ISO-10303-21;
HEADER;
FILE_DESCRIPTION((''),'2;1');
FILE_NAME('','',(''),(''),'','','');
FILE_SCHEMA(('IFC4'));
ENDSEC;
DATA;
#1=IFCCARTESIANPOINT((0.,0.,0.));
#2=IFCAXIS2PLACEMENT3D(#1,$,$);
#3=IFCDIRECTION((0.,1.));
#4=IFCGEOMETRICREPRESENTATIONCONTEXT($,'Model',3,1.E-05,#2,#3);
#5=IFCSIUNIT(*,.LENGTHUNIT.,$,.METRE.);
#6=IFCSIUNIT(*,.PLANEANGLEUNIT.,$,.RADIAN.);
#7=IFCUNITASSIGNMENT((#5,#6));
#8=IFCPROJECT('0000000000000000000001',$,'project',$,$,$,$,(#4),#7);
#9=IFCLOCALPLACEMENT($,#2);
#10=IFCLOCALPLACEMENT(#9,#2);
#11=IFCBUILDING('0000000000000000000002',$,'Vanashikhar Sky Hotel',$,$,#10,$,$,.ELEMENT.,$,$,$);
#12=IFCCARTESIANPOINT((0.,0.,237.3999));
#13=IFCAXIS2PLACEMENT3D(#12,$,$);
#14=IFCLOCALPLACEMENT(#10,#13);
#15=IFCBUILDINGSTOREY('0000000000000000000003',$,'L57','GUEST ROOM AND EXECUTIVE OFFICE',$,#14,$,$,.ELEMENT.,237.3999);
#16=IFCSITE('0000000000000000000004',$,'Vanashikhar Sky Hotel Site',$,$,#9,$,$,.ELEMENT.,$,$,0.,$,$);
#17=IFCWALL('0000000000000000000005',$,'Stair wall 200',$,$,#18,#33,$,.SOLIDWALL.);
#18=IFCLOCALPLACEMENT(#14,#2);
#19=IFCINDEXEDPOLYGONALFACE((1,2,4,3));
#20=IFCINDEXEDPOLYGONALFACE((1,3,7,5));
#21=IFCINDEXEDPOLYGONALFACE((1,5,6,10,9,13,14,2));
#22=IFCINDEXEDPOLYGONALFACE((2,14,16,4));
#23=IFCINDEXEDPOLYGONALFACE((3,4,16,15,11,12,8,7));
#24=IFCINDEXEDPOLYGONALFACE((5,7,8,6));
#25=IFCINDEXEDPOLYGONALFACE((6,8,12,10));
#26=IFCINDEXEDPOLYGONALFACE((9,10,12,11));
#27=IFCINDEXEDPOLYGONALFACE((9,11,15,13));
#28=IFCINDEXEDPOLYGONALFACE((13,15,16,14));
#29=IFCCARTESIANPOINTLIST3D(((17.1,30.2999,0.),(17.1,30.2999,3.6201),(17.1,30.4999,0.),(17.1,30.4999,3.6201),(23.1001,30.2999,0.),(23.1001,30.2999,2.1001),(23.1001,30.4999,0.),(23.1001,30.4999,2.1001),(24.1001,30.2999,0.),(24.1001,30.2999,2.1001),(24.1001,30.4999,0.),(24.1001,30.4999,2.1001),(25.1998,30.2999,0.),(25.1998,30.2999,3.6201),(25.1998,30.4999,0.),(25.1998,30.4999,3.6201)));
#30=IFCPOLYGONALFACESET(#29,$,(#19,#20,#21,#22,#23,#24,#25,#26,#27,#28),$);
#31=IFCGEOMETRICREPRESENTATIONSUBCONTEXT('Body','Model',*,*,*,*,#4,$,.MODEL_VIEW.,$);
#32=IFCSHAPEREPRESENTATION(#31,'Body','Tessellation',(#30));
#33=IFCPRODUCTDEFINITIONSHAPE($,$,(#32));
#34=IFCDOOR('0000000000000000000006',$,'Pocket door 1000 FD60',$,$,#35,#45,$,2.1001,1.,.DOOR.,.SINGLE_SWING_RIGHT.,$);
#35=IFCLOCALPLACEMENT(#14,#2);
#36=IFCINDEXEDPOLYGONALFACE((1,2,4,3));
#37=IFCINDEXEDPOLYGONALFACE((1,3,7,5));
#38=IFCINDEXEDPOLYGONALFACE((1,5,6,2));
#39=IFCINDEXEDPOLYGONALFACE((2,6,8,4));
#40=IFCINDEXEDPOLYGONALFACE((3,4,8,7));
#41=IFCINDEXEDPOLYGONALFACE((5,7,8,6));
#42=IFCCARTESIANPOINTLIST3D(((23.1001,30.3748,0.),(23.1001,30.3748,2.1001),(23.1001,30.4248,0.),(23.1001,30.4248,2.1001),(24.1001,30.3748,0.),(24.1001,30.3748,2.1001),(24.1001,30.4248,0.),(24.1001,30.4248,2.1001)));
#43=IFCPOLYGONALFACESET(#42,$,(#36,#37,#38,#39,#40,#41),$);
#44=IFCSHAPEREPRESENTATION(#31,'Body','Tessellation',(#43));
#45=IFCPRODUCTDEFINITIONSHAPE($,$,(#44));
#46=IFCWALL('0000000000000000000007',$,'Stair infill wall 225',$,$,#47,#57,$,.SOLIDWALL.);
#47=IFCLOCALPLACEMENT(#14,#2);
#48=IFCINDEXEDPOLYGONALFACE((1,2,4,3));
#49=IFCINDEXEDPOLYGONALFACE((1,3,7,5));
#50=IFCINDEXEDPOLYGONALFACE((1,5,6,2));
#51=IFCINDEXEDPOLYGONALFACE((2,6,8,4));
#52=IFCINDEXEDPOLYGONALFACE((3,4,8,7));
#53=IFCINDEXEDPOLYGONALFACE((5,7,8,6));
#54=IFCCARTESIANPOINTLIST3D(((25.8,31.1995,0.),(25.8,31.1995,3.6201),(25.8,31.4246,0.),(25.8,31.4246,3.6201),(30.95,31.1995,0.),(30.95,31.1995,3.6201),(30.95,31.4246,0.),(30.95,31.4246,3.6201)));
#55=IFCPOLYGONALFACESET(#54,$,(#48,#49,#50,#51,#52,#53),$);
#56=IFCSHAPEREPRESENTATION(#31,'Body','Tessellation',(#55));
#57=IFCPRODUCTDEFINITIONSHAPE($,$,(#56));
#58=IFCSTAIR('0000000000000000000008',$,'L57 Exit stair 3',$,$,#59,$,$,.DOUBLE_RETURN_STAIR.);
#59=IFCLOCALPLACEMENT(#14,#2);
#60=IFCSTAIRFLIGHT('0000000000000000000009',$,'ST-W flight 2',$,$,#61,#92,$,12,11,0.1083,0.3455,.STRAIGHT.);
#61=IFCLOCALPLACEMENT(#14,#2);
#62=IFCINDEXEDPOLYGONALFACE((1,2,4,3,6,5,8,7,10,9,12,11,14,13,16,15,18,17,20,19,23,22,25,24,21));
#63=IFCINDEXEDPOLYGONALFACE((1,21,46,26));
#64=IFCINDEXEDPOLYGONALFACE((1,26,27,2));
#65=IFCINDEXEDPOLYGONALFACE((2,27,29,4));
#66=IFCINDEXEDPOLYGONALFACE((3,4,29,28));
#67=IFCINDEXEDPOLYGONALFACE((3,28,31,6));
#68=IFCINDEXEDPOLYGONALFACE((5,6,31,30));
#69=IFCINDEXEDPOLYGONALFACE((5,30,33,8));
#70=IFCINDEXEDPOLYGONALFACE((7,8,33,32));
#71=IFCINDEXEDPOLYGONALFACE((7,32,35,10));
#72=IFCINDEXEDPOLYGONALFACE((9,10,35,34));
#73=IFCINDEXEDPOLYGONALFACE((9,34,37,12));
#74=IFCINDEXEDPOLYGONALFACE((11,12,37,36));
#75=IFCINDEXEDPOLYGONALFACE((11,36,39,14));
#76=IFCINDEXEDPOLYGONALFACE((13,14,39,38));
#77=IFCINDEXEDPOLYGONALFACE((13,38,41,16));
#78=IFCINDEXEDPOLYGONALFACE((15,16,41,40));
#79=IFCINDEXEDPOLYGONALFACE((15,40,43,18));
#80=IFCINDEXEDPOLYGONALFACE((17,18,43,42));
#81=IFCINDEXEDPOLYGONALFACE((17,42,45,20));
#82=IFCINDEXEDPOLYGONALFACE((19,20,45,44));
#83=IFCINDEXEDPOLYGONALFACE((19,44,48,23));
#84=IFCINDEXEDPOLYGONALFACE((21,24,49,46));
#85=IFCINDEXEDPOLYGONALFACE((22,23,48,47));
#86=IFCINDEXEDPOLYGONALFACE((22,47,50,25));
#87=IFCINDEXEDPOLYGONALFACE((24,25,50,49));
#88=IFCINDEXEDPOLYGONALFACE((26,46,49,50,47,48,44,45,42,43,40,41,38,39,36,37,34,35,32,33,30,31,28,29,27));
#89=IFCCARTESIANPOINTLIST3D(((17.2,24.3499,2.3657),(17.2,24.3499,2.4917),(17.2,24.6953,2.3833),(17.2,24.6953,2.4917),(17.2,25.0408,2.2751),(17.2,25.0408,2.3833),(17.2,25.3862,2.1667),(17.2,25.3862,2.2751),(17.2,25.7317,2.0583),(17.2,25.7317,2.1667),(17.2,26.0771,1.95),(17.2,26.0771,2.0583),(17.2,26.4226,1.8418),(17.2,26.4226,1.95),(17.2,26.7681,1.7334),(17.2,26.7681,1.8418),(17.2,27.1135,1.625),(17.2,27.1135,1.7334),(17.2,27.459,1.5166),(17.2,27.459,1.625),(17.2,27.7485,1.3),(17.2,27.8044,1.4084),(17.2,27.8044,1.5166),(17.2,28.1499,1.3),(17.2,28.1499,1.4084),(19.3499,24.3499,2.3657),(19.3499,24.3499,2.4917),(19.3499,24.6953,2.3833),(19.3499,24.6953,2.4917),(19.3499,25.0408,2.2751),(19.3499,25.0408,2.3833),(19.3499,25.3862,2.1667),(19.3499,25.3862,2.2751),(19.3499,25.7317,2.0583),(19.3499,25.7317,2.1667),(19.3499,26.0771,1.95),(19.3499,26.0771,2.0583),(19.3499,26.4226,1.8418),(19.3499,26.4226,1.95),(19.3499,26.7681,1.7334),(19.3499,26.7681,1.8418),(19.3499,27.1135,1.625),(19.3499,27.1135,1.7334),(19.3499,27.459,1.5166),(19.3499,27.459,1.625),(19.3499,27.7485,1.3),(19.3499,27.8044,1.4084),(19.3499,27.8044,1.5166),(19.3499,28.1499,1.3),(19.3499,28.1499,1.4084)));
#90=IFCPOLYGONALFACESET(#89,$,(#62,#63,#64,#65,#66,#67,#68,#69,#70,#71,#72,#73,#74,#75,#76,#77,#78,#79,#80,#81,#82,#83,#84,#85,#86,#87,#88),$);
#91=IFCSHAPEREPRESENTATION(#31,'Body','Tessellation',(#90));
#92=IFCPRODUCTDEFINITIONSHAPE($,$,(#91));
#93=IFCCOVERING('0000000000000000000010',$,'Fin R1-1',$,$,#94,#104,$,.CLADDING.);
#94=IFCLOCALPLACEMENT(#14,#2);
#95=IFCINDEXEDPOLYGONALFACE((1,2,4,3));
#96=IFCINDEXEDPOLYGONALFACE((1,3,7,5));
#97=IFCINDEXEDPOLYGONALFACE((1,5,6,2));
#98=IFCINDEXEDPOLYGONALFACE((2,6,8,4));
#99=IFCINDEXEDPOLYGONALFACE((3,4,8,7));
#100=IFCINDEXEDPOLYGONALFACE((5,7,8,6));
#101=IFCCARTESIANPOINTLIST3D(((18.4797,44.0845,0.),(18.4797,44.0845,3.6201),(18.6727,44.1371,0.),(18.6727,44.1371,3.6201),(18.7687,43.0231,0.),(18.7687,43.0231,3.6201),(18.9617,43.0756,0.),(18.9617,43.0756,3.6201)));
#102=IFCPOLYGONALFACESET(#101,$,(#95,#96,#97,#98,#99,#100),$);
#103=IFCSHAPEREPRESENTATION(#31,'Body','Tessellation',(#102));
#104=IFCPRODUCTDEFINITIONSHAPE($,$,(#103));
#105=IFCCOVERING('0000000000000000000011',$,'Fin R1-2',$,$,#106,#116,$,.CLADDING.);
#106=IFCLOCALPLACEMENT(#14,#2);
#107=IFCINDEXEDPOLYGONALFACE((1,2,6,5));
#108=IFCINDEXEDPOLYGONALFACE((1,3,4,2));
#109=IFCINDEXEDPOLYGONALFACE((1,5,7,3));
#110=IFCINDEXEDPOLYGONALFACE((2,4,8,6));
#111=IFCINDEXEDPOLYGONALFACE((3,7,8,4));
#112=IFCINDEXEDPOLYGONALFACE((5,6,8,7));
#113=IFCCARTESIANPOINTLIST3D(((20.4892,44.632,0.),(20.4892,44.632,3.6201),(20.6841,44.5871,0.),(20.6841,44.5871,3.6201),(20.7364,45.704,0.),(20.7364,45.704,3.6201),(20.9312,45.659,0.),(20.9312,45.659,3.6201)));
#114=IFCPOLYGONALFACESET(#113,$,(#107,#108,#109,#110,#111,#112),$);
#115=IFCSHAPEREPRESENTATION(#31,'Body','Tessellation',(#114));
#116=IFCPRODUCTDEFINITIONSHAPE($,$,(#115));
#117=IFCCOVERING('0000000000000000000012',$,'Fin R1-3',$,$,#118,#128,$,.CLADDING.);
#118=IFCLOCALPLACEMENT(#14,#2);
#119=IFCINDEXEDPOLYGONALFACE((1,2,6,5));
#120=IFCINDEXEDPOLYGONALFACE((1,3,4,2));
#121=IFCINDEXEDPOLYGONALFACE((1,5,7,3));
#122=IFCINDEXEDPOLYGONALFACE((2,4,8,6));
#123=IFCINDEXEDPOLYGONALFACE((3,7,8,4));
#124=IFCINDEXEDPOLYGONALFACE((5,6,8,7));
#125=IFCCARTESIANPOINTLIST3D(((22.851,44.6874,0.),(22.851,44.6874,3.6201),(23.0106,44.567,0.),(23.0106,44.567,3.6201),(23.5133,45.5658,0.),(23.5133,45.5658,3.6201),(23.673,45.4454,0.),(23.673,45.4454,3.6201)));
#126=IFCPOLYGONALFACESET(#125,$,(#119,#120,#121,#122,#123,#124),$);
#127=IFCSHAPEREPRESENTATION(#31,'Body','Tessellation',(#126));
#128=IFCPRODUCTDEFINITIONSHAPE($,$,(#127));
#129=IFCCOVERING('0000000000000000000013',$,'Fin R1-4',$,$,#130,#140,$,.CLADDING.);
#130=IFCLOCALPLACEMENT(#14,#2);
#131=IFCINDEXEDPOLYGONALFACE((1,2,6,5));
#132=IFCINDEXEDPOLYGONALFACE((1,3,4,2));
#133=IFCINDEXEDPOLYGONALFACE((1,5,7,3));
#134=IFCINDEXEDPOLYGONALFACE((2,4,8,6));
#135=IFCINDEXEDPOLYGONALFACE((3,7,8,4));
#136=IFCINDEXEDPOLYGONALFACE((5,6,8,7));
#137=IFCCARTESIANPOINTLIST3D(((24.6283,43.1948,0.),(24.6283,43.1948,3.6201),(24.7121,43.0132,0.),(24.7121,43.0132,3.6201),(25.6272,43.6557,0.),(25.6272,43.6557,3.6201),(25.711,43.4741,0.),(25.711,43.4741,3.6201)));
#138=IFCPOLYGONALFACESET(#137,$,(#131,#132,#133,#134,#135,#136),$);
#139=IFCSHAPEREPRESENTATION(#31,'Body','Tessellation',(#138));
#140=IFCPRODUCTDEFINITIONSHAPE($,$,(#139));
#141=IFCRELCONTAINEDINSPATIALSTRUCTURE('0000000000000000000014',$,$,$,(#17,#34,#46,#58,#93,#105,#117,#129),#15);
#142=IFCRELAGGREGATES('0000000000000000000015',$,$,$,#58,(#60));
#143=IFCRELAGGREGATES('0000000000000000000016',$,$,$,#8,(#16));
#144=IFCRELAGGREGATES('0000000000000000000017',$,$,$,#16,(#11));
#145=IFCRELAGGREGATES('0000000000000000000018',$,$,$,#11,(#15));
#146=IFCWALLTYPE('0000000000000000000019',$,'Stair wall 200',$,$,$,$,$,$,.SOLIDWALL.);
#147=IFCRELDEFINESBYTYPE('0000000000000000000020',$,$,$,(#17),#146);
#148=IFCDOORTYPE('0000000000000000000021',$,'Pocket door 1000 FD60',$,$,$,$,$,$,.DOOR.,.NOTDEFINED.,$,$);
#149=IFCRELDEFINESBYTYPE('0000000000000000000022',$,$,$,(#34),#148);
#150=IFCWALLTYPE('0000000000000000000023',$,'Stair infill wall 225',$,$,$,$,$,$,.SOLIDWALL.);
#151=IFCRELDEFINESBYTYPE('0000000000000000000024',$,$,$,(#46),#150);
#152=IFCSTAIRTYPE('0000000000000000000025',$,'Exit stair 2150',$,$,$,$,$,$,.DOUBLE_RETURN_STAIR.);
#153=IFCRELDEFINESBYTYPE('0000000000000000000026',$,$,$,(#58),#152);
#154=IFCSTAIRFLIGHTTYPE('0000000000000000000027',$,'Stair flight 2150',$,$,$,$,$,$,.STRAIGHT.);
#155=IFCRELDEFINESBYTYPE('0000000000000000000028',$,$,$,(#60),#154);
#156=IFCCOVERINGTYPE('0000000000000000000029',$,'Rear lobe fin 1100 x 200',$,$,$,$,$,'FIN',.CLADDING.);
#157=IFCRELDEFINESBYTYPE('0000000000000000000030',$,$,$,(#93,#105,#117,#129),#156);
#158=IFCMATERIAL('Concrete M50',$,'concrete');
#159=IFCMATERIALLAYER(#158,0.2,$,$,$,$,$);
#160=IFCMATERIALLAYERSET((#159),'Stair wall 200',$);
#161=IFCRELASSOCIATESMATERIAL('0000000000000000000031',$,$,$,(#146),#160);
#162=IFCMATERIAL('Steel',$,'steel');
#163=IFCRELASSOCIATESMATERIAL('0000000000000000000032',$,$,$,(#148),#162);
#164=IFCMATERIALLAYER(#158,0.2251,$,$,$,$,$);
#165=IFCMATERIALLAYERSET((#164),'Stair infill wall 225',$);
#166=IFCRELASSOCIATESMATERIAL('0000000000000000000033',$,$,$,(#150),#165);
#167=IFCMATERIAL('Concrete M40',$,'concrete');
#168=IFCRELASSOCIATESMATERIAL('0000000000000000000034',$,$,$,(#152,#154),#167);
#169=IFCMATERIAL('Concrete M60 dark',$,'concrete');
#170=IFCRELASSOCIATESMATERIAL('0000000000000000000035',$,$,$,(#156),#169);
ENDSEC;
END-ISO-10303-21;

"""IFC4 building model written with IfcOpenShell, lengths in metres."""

from ifc_helpers import new_model, si_unit, direction, frame, frame_2d, origin, origin_2d, place, context, subcontext, project, spatial, polyline, rectangle, outline, extrude, source, transform, mapped, material, layer, layer_set, material_profile, profile_set, type_object, element, fill, aggregate, save


model = new_model("IFC4")

# Units and contexts
model_context = context("Model", 3, precision=1e-05, world=origin(), true_north=direction((0.0, 1.0)))
body_context = subcontext(model_context, "Body", "Model", "MODEL_VIEW")
ifc_project = project(units=[si_unit("LENGTHUNIT", "METRE"), si_unit("PLANEANGLEUNIT", "RADIAN")], contexts=[model_context])

# Site, building, storey
site_placement = place(None, origin())
site = spatial("IfcSite", under=ifc_project, at=site_placement, Name="Vanashikhar Sky Hotel Site", CompositionType="ELEMENT", RefElevation=0.0)
building_placement = place(site_placement, origin())
building = spatial("IfcBuilding", under=site, at=building_placement, Name="Vanashikhar Sky Hotel", CompositionType="ELEMENT")
storey_placement = place(building_placement, frame((0.0, 0.0, 237.3999)))
storey = spatial("IfcBuildingStorey", under=building, at=storey_placement, Name="L57", Description="GUEST ROOM AND EXECUTIVE OFFICE", CompositionType="ELEMENT", Elevation=237.3999)

# Shared definitions
ifc_material_1 = material(Name="Concrete M50", Category="concrete")

# Wall, opening, door
ifc_layer_1 = layer(ifc_material_1, 0.2)
ifc_layer_set_1 = layer_set([ifc_layer_1], Name="Stair wall 200")
wall_type_1 = type_object("IfcWallType", Name="Stair wall 200", PredefinedType="SOLIDWALL", material=ifc_layer_set_1)
shared_shape_1 = source(origin(), body_context, "Body", "SweptSolid", [
    extrude(rectangle(XDim=8.0999, YDim=0.2, at=frame_2d((4.0498, 0.0))), origin(), (0.0, 0.0, 1.0), 3.6201),
])
wall_1_placement = place(storey_placement, frame((17.1001, 30.3999, 0.0), z_axis=(0.0, 0.0, 1.0), x_axis=(1.0, 0.0, 0.0)))
wall_1 = element("IfcWall", 1, at=wall_1_placement, inside=storey, type_object=wall_type_1, Name="Stair wall 200", PredefinedType="SOLIDWALL", context=body_context, shape_type="MappedRepresentation", body=[
    mapped(shared_shape_1, transform((0.0, 0.0, 0.0), scale=1.0)),
])
shared_shape_2 = source(origin(), body_context, "Body", "SweptSolid", [
    extrude(rectangle(XDim=1.0, YDim=2.1001, at=frame_2d((0.5, 1.05))), frame((0.0, 0.1099, 0.0), z_axis=(0.0, -1.0, 0.0), x_axis=(1.0, 0.0, 0.0)), (0.0, 0.0, 1.0), 0.22),
])
opening_1_placement = place(wall_1_placement, frame((6.0, 0.0, 0.0)))
opening_1 = element("IfcOpeningElement", 2, at=opening_1_placement, cuts=wall_1, PredefinedType="OPENING", context=body_context, shape_type="MappedRepresentation", body=[
    mapped(shared_shape_2, transform((0.0, 0.0, 0.0), scale=1.0)),
])
ifc_material_2 = material(Name="Steel", Category="steel")
door_type_1 = type_object("IfcDoorType", Name="Pocket door 1000 FD60", OperationType="NOTDEFINED", PredefinedType="DOOR", material=ifc_material_2)
shared_shape_3 = source(origin(), body_context, "Body", "SweptSolid", [
    extrude(rectangle(XDim=1.0, YDim=2.1001, at=frame_2d((0.5, 1.05))), frame((0.0, 0.0249, 0.0), z_axis=(0.0, -1.0, 0.0), x_axis=(1.0, 0.0, 0.0)), (0.0, 0.0, 1.0), 0.05),
])
door_1_placement = place(opening_1_placement, origin())
door_1 = element("IfcDoor", 3, at=door_1_placement, inside=storey, type_object=door_type_1, Name="Pocket door 1000 FD60", OperationType="SINGLE_SWING_RIGHT", OverallHeight=2.1001, OverallWidth=1.0, PredefinedType="DOOR", context=body_context, shape_type="MappedRepresentation", body=[
    mapped(shared_shape_3, transform((0.0, 0.0, 0.0), scale=1.0)),
])
fill(opening_1, door_1)

# Wall
ifc_layer_2 = layer(ifc_material_1, 0.2251)
ifc_layer_set_2 = layer_set([ifc_layer_2], Name="Stair infill wall 225")
wall_type_2 = type_object("IfcWallType", Name="Stair infill wall 225", PredefinedType="SOLIDWALL", material=ifc_layer_set_2)
shared_shape_4 = source(origin(), body_context, "Body", "SweptSolid", [
    extrude(rectangle(XDim=5.1499, YDim=0.2251, at=frame_2d((2.575, 0.0))), origin(), (0.0, 0.0, 1.0), 3.6201),
])
wall_2_placement = place(storey_placement, frame((25.8, 31.312, 0.0), z_axis=(0.0, 0.0, 1.0), x_axis=(1.0, 0.0, 0.0)))
element("IfcWall", 4, at=wall_2_placement, inside=storey, type_object=wall_type_2, Name="Stair infill wall 225", PredefinedType="SOLIDWALL", context=body_context, shape_type="MappedRepresentation", body=[
    mapped(shared_shape_4, transform((0.0, 0.0, 0.0), scale=1.0)),
])

# Stair, stair flight
ifc_material_3 = material(Name="Concrete M40", Category="concrete")
stair_type = type_object("IfcStairType", Name="Exit stair 2150", PredefinedType="DOUBLE_RETURN_STAIR", material=ifc_material_3)
stair_placement = place(storey_placement, origin())
stair = element("IfcStair", 5, at=stair_placement, inside=storey, type_object=stair_type, Name="L57 Exit stair 3", PredefinedType="DOUBLE_RETURN_STAIR")
stair_flight_type = type_object("IfcStairFlightType", Name="Stair flight 2150", PredefinedType="STRAIGHT", material=ifc_material_3)
shared_shape_5 = source(origin(), body_context, "Body", "SweptSolid", [
    extrude(outline(polyline([(0.0, 0.0), (0.0, 0.1084), (0.3455, 0.1084), (0.3455, 0.2166), (0.6909, 0.2166), (0.6909, 0.325), (1.0364, 0.325), (1.0364, 0.4333), (1.3818, 0.4333), (1.3818, 0.5417), (1.7273, 0.5417), (1.7273, 0.6499), (2.0728, 0.6499), (2.0728, 0.7583), (2.4182, 0.7583), (2.4182, 0.8667), (2.7637, 0.8667), (2.7637, 0.9751), (3.1091, 0.9751), (3.1091, 1.0833), (3.4546, 1.0833), (3.4546, 1.1917), (3.8, 1.1917), (3.8, 1.3), (3.8, 1.0657), (0.4014, 0.0), (0.0, 0.0)])), frame((0.0, 1.075, 0.0), z_axis=(0.0, -1.0, 0.0), x_axis=(1.0, 0.0, 0.0)), (0.0, 0.0, 1.0), 2.1499),
])
stair_flight_placement = place(storey_placement, frame((18.2749, 28.1499, 1.3), z_axis=(0.0, 0.0, 1.0), x_axis=(0.0, -1.0, 0.0)))
stair_flight = element("IfcStairFlight", 6, at=stair_flight_placement, type_object=stair_flight_type, Name="ST-W flight 2", NumberOfRisers=12, NumberOfTreads=11, PredefinedType="STRAIGHT", RiserHeight=0.1083, TreadLength=0.3455, context=body_context, shape_type="MappedRepresentation", body=[
    mapped(shared_shape_5, transform((0.0, 0.0, 0.0), scale=1.0)),
])
aggregate(stair, [stair_flight])

# Coverings
ifc_material_4 = material(Name="Concrete M60 dark", Category="concrete")
ifc_material_profile = material_profile(ifc_material_4, rectangle(XDim=1.1001, YDim=0.2, at=origin_2d()))
ifc_profile_set = profile_set([ifc_material_profile], Name="Rear lobe fin 1100 x 200")
covering_type = type_object("IfcCoveringType", Name="Rear lobe fin 1100 x 200", ElementType="FIN", PredefinedType="CLADDING", material=ifc_profile_set)
shared_shape_6 = source(origin(), body_context, "Body", "SweptSolid", [
    extrude(rectangle(XDim=1.1001, YDim=0.2, at=origin_2d()), origin(), (0.0, 0.0, 1.0), 3.6201),
])
for number, where, z_axis, x_axis, name in (
    (7, (18.7207, 43.5801, 0.0), (0.0, 0.0, 1.0), (-0.262711, 0.964874, 0.0), "Fin R1-1"),
    (8, (20.7102, 45.1455, 0.0), (0.0, 0.0, 1.0), (0.224645, 0.974441, 0.0), "Fin R1-2"),
    (9, (23.262, 45.0664, 0.0), (0.0, 0.0, 1.0), (0.602066, 0.798446, 0.0), "Fin R1-3"),
    (10, (25.1697, 43.3345, 0.0), (0.0, 0.0, 1.0), (0.908004, 0.418961, 0.0), "Fin R1-4"),
):
    element("IfcCovering", number, at=place(storey_placement, frame(where, z_axis=z_axis, x_axis=x_axis)), inside=storey, type_object=covering_type, Name=name, PredefinedType="CLADDING", context=body_context, shape_type="MappedRepresentation", body=[
        mapped(shared_shape_6, transform((0.0, 0.0, 0.0), scale=1.0)),
    ])

save(model, "model.ifc")
